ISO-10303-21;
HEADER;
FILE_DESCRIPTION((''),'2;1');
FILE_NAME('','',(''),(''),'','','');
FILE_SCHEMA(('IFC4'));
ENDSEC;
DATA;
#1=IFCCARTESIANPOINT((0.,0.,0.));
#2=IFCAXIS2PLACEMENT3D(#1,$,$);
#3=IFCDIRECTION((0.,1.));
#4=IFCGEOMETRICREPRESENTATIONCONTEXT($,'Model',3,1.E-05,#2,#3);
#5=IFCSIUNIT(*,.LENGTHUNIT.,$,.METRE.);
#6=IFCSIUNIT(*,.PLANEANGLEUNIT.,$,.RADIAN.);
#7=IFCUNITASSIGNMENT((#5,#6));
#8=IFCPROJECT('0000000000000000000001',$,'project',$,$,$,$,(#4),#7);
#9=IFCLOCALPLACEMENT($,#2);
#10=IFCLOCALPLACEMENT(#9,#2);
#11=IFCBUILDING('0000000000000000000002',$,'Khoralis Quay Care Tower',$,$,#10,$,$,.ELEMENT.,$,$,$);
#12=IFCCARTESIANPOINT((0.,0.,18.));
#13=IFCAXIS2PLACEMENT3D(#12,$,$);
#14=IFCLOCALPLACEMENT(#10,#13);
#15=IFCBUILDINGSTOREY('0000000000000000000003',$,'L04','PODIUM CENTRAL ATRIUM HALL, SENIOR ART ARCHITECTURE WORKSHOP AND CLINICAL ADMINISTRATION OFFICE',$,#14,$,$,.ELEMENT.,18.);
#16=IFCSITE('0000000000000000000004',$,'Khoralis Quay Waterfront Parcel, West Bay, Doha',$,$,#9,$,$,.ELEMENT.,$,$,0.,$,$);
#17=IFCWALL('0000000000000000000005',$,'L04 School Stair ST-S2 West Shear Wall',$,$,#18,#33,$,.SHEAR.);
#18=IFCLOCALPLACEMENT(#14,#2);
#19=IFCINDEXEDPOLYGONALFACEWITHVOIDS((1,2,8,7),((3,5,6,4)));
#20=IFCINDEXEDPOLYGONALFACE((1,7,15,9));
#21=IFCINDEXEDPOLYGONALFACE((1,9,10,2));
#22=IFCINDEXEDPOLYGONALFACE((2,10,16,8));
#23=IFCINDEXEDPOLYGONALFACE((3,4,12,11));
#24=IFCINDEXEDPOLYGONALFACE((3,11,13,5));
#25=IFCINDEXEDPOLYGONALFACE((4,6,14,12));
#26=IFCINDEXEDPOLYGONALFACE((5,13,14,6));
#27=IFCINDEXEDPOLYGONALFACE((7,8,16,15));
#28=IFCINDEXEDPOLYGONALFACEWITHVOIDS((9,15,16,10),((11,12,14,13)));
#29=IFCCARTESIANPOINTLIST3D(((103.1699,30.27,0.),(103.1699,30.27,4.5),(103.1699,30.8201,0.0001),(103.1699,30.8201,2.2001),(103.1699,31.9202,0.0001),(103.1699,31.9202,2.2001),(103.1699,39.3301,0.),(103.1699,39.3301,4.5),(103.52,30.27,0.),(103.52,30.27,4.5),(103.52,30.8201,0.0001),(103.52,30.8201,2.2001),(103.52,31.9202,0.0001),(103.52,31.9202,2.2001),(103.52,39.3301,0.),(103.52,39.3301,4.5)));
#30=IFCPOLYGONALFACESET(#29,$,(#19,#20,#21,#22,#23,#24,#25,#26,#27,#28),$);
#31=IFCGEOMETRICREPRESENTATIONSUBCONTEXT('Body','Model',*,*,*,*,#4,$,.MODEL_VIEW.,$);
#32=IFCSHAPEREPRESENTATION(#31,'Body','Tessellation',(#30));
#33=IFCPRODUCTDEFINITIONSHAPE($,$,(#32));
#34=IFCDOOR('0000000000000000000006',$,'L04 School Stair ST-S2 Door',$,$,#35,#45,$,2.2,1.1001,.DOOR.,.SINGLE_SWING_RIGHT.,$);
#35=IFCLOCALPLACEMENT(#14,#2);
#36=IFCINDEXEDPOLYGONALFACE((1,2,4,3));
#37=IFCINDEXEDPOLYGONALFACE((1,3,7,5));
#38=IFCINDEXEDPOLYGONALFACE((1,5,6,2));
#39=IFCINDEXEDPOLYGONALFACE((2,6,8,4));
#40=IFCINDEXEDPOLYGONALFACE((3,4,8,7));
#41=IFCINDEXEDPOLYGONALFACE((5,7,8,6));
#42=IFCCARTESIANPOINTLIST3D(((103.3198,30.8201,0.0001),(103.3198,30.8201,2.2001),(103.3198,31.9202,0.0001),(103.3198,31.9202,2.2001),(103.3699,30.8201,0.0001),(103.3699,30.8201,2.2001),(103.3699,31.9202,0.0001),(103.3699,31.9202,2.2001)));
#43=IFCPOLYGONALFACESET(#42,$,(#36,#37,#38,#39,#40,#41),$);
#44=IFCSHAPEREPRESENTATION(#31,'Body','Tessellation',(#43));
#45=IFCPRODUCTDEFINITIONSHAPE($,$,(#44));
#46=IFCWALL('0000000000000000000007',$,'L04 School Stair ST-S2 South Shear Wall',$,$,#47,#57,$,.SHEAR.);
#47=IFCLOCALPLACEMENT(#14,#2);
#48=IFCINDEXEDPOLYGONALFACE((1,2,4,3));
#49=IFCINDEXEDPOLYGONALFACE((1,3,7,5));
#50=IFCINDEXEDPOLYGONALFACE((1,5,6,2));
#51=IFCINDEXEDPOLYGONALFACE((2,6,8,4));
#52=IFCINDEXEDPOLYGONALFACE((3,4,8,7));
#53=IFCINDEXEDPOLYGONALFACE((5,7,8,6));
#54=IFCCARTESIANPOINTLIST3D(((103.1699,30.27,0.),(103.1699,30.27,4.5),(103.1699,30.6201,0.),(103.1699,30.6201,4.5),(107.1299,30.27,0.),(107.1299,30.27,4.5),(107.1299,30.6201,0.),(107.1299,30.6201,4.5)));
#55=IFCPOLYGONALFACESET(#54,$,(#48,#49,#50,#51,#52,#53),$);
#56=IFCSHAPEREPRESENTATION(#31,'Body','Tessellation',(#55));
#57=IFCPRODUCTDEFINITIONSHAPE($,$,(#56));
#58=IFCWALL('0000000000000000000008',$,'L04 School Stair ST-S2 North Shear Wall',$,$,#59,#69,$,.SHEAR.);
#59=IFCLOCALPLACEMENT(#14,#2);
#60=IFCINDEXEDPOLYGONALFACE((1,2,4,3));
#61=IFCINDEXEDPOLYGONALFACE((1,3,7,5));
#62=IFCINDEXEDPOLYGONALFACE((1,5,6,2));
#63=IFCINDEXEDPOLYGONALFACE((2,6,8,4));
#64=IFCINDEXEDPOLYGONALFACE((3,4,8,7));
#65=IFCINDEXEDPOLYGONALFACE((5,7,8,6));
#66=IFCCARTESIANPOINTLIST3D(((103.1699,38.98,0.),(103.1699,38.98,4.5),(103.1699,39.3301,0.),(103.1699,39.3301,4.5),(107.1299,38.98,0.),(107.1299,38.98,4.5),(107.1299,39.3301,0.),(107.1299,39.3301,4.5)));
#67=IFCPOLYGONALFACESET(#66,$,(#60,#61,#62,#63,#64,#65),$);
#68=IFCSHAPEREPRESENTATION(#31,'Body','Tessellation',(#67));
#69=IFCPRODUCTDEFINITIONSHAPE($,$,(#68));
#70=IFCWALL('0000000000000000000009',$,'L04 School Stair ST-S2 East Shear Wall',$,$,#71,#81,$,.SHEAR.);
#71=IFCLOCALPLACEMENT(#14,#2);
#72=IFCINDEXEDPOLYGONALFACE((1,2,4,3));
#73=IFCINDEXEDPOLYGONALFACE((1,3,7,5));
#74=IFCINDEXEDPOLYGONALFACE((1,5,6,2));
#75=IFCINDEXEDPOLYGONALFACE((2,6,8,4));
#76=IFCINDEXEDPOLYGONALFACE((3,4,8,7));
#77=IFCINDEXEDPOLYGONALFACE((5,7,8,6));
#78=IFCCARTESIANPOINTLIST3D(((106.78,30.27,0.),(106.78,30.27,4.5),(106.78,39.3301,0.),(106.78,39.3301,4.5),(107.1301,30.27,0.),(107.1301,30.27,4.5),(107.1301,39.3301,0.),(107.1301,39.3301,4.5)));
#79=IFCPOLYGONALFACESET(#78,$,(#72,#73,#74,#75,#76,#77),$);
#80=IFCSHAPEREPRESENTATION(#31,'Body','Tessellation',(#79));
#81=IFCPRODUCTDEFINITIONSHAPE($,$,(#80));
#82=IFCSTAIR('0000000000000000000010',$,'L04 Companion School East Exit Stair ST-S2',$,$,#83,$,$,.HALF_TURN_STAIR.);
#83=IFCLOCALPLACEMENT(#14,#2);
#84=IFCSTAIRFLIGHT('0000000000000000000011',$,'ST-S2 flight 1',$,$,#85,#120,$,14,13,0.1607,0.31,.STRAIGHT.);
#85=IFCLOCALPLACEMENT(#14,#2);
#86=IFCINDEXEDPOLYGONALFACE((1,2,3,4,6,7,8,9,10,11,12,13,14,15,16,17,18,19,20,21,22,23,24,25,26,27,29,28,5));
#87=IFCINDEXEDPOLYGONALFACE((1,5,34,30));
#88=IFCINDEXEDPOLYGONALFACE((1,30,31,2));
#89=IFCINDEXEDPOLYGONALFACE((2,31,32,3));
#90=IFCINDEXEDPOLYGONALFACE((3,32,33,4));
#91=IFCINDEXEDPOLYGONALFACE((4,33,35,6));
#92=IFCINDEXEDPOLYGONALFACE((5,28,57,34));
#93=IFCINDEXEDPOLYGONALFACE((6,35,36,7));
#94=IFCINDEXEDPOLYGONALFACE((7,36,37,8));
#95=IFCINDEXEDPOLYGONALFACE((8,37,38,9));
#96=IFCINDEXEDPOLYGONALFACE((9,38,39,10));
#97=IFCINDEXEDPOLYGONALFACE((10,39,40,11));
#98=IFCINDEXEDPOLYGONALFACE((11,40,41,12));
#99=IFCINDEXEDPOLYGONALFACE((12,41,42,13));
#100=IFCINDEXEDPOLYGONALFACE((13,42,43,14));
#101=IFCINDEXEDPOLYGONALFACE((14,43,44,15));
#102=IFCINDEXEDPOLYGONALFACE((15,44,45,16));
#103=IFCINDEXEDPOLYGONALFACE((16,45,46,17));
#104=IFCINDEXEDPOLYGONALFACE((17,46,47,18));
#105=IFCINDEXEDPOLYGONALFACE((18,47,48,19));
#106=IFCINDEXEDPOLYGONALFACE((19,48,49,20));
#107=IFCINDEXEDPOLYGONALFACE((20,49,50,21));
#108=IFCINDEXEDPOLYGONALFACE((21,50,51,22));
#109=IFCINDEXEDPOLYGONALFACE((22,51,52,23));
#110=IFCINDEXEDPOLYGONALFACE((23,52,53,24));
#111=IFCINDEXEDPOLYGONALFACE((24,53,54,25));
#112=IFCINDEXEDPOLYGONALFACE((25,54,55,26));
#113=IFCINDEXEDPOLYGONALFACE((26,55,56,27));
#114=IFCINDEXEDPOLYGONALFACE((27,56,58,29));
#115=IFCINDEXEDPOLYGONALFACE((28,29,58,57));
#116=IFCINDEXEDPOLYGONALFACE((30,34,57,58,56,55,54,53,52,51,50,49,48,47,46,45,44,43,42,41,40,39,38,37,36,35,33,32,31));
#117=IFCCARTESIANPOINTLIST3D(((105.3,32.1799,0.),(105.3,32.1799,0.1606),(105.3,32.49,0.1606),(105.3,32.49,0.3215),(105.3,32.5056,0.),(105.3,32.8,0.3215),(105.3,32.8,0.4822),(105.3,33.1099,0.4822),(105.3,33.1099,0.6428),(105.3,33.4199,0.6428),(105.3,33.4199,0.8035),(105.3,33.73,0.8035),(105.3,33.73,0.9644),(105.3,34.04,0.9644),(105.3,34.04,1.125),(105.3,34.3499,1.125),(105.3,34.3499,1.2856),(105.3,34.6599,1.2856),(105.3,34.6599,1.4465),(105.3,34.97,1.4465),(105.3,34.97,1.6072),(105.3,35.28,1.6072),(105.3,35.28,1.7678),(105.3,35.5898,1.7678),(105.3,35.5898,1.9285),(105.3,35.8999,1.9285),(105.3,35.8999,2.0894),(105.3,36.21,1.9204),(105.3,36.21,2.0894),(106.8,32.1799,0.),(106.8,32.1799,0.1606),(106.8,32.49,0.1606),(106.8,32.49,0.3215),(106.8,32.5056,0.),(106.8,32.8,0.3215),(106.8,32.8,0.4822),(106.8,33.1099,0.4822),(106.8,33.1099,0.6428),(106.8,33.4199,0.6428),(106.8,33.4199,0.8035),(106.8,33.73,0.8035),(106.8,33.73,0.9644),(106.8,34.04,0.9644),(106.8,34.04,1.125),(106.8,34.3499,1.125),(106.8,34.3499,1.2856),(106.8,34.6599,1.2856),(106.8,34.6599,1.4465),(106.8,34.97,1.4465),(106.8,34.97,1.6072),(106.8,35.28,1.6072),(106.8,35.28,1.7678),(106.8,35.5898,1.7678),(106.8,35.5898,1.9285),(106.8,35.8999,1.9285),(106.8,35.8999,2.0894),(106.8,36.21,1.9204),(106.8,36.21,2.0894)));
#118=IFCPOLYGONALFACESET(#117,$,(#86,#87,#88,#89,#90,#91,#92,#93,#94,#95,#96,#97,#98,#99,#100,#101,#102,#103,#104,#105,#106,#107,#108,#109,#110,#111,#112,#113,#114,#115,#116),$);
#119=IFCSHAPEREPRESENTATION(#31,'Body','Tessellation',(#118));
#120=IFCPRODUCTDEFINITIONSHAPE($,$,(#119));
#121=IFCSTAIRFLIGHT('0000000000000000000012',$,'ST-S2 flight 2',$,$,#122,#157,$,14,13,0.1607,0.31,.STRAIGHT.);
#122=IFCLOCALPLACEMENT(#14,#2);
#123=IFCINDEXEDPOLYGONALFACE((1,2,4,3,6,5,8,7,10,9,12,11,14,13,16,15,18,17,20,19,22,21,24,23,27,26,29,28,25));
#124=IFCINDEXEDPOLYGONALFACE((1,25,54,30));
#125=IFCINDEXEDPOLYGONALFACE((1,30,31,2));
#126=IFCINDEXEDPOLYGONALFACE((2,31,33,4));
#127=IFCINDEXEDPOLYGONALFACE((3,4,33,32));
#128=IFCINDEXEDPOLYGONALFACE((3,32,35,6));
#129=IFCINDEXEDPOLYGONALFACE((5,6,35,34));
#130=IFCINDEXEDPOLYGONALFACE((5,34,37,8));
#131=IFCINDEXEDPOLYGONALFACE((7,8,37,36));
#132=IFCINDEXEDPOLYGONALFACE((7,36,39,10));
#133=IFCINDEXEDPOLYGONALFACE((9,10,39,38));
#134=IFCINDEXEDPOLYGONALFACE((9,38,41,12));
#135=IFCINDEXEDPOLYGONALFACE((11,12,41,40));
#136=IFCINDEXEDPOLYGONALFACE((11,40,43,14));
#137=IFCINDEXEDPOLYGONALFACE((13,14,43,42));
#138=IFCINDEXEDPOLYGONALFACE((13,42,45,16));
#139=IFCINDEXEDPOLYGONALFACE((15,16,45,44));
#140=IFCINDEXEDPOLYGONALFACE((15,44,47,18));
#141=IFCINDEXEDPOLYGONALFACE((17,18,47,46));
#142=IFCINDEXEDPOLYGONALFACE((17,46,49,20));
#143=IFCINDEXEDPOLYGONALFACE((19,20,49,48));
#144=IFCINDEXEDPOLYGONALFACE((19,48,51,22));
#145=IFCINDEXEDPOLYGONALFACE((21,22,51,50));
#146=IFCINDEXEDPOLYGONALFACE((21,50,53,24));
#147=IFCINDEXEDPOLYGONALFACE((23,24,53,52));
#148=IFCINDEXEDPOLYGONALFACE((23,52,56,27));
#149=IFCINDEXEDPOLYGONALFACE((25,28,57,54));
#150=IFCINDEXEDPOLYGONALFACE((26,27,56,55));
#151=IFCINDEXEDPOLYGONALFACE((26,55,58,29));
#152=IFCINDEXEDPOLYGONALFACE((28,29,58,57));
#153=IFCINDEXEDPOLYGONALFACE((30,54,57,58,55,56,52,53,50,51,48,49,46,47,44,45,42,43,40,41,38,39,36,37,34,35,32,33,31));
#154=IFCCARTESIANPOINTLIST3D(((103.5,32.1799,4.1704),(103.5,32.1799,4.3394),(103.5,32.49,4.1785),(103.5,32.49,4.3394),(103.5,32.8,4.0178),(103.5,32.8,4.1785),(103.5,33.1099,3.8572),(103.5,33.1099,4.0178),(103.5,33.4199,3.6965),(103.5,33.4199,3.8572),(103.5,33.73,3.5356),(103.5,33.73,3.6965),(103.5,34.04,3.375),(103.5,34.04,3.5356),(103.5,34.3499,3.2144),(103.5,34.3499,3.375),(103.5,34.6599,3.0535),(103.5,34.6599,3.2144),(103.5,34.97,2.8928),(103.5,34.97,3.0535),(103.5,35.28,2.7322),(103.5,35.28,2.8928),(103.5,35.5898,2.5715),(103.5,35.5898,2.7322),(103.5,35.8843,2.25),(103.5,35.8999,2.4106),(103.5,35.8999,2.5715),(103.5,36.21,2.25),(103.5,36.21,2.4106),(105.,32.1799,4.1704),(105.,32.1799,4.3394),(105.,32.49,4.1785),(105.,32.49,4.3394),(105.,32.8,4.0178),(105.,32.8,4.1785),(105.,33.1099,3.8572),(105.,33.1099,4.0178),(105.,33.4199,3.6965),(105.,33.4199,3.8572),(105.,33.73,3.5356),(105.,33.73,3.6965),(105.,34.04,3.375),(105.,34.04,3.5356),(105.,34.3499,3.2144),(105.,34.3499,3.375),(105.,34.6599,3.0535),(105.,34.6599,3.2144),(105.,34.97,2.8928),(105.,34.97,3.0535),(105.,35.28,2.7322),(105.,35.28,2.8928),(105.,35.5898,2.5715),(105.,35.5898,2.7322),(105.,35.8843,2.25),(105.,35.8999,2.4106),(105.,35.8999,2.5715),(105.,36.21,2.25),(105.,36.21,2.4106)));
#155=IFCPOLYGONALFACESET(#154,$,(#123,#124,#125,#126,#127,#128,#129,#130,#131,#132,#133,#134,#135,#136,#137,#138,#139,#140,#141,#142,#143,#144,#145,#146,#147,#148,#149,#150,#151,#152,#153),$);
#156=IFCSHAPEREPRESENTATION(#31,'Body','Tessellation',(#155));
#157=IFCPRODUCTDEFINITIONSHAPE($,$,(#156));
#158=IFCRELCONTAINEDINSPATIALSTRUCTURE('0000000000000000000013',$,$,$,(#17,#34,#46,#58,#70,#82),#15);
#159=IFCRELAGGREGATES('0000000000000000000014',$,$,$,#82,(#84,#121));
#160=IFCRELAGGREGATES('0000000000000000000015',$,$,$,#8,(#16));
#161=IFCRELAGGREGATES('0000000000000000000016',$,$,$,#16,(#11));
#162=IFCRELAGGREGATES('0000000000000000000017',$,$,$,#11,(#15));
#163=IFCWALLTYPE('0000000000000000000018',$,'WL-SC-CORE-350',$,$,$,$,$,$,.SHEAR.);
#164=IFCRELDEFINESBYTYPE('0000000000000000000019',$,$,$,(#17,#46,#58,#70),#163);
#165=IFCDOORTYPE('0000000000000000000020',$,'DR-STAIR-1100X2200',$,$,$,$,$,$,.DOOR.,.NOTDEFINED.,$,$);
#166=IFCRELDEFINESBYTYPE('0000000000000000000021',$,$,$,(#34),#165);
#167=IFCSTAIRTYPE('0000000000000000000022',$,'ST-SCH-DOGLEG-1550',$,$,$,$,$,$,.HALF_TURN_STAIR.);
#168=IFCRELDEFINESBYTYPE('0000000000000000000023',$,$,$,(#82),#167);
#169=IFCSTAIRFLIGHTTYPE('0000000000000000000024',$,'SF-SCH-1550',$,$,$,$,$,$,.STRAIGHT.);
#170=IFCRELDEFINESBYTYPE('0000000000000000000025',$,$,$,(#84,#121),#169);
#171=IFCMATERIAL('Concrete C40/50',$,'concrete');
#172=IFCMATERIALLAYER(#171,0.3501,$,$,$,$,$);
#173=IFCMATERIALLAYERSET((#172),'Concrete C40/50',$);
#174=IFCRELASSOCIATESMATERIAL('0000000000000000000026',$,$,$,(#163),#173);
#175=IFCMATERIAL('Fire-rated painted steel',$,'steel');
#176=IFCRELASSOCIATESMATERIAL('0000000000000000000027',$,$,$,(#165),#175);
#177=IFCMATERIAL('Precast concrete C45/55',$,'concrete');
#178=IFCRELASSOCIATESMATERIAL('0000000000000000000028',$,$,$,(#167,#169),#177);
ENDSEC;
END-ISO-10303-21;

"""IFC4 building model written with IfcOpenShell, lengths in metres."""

from ifc_helpers import new_model, si_unit, direction, frame, frame_2d, origin, place, context, subcontext, project, spatial, polyline, rectangle, outline, extrude, source, transform, mapped, material, layer, layer_set, type_object, element, fill, aggregate, save


model = new_model("IFC4")

# Units and contexts
model_context = context("Model", 3, precision=1e-05, world=origin(), true_north=direction((0.0, 1.0)))
body_context = subcontext(model_context, "Body", "Model", "MODEL_VIEW")
ifc_project = project(units=[si_unit("LENGTHUNIT", "METRE"), si_unit("PLANEANGLEUNIT", "RADIAN")], contexts=[model_context])

# Site, building, storey
site_placement = place(None, origin())
site = spatial("IfcSite", under=ifc_project, at=site_placement, Name="Khoralis Quay Waterfront Parcel, West Bay, Doha", CompositionType="ELEMENT", RefElevation=0.0)
building_placement = place(site_placement, origin())
building = spatial("IfcBuilding", under=site, at=building_placement, Name="Khoralis Quay Care Tower", CompositionType="ELEMENT")
storey_placement = place(building_placement, frame((0.0, 0.0, 18.0)))
storey = spatial("IfcBuildingStorey", under=building, at=storey_placement, Name="L04", Description="PODIUM CENTRAL ATRIUM HALL, SENIOR ART ARCHITECTURE WORKSHOP AND CLINICAL ADMINISTRATION OFFICE", CompositionType="ELEMENT", Elevation=18.0)

# Shared definitions
ifc_material_1 = material(Name="Concrete C40/50", Category="concrete")

# Wall, opening, door
ifc_layer_1 = layer(ifc_material_1, 0.3501)
ifc_layer_set_1 = layer_set([ifc_layer_1], Name="Concrete C40/50")
wall_type_1 = type_object("IfcWallType", Name="WL-SC-CORE-350", PredefinedType="SHEAR", material=ifc_layer_set_1)
wall_1_placement = place(storey_placement, frame((103.345, 30.27, 0.0), z_axis=(0.0, 0.0, 1.0), x_axis=(0.0, 1.0, 0.0)))
wall_1 = element("IfcWall", 1, at=wall_1_placement, inside=storey, type_object=wall_type_1, Name="L04 School Stair ST-S2 West Shear Wall", PredefinedType="SHEAR", context=body_context, shape_type="SweptSolid", body=[
    extrude(rectangle(XDim=9.0601, YDim=0.3501, at=frame_2d((4.53, 0.0))), origin(), (0.0, 0.0, 1.0), 4.5),
])
opening_1_placement = place(wall_1_placement, frame((0.55, 0.0, 0.0)))
opening_1 = element("IfcOpeningElement", 2, at=opening_1_placement, cuts=wall_1, PredefinedType="OPENING", context=body_context, shape_type="SweptSolid", body=[
    extrude(rectangle(XDim=1.1001, YDim=2.2, at=frame_2d((0.55, 1.1001))), frame((0.0, 0.1851, 0.0), z_axis=(0.0, -1.0, 0.0), x_axis=(1.0, 0.0, 0.0)), (0.0, 0.0, 1.0), 0.3701),
])
ifc_material_2 = material(Name="Fire-rated painted steel", Category="steel")
door_type = type_object("IfcDoorType", Name="DR-STAIR-1100X2200", OperationType="NOTDEFINED", PredefinedType="DOOR", material=ifc_material_2)
shared_shape_1 = source(origin(), body_context, "Body", "SweptSolid", [
    extrude(rectangle(XDim=1.1001, YDim=2.2, at=frame_2d((0.55, 1.1001))), frame((0.0, 0.0249, 0.0), z_axis=(0.0, -1.0, 0.0), x_axis=(1.0, 0.0, 0.0)), (0.0, 0.0, 1.0), 0.05),
])
door_placement = place(opening_1_placement, frame((1.1001, 0.0, 0.0), z_axis=(0.0, 0.0, 1.0), x_axis=(-1.0, 0.0, 0.0)))
door = element("IfcDoor", 3, at=door_placement, inside=storey, type_object=door_type, Name="L04 School Stair ST-S2 Door", OperationType="SINGLE_SWING_RIGHT", OverallHeight=2.2, OverallWidth=1.1001, PredefinedType="DOOR", context=body_context, shape_type="MappedRepresentation", body=[
    mapped(shared_shape_1, transform((0.0, 0.0, 0.0), scale=1.0)),
])
fill(opening_1, door)

# Walls
for number, where, z_axis, x_axis, name in (
    (4, (103.1699, 30.4451, 0.0), (0.0, 0.0, 1.0), (1.0, 0.0, 0.0), "L04 School Stair ST-S2 South Shear Wall"),
    (5, (103.1699, 39.155, 0.0), (0.0, 0.0, 1.0), (1.0, 0.0, 0.0), "L04 School Stair ST-S2 North Shear Wall"),
):
    element("IfcWall", number, at=place(storey_placement, frame(where, z_axis=z_axis, x_axis=x_axis)), inside=storey, type_object=wall_type_1, Name=name, PredefinedType="SHEAR", context=body_context, shape_type="SweptSolid", body=[
        extrude(rectangle(XDim=3.96, YDim=0.3501, at=frame_2d((1.98, 0.0))), origin(), (0.0, 0.0, 1.0), 4.5),
    ])
wall_2_placement = place(storey_placement, frame((106.9551, 30.27, 0.0), z_axis=(0.0, 0.0, 1.0), x_axis=(0.0, 1.0, 0.0)))
element("IfcWall", 6, at=wall_2_placement, inside=storey, type_object=wall_type_1, Name="L04 School Stair ST-S2 East Shear Wall", PredefinedType="SHEAR", context=body_context, shape_type="SweptSolid", body=[
    extrude(rectangle(XDim=9.0601, YDim=0.3501, at=frame_2d((4.53, 0.0))), origin(), (0.0, 0.0, 1.0), 4.5),
])

# Stair, stair flights
ifc_material_3 = material(Name="Precast concrete C45/55", Category="concrete")
stair_type = type_object("IfcStairType", Name="ST-SCH-DOGLEG-1550", PredefinedType="HALF_TURN_STAIR", material=ifc_material_3)
stair_placement = place(storey_placement, origin())
stair = element("IfcStair", 7, at=stair_placement, inside=storey, type_object=stair_type, Name="L04 Companion School East Exit Stair ST-S2", PredefinedType="HALF_TURN_STAIR")
stair_flight_type = type_object("IfcStairFlightType", Name="SF-SCH-1550", PredefinedType="STRAIGHT", material=ifc_material_3)
shared_shape_2 = source(origin(), body_context, "Body", "SweptSolid", [
    extrude(outline(polyline([(0.0, 0.0), (0.0, 0.1606), (0.3101, 0.1606), (0.3101, 0.3215), (0.6201, 0.3215), (0.6201, 0.4822), (0.9299, 0.4822), (0.9299, 0.6428), (1.24, 0.6428), (1.24, 0.8035), (1.55, 0.8035), (1.55, 0.9644), (1.8601, 0.9644), (1.8601, 1.125), (2.1699, 1.125), (2.1699, 1.2856), (2.48, 1.2856), (2.48, 1.4465), (2.79, 1.4465), (2.79, 1.6072), (3.1001, 1.6072), (3.1001, 1.7678), (3.4099, 1.7678), (3.4099, 1.9285), (3.72, 1.9285), (3.72, 2.0894), (4.03, 2.0894), (4.03, 2.25), (4.03, 1.9204), (0.3257, 0.0), (0.0, 0.0)])), frame((0.0, 0.75, 0.0), z_axis=(0.0, -1.0, 0.0), x_axis=(1.0, 0.0, 0.0)), (0.0, 0.0, 1.0), 1.5),
])
stair_flight_1_placement = place(storey_placement, frame((106.05, 32.1799, 0.0), z_axis=(0.0, 0.0, 1.0), x_axis=(0.0, 1.0, 0.0)))
stair_flight_1 = element("IfcStairFlight", 8, at=stair_flight_1_placement, type_object=stair_flight_type, Name="ST-S2 flight 1", NumberOfRisers=14, NumberOfTreads=13, PredefinedType="STRAIGHT", RiserHeight=0.1607, TreadLength=0.31, context=body_context, shape_type="MappedRepresentation", body=[
    mapped(shared_shape_2, transform((0.0, 0.0, 0.0), scale=1.0)),
])
stair_flight_2_placement = place(storey_placement, frame((104.25, 36.21, 2.25), z_axis=(0.0, 0.0, 1.0), x_axis=(0.0, -1.0, 0.0)))
stair_flight_2 = element("IfcStairFlight", 9, at=stair_flight_2_placement, type_object=stair_flight_type, Name="ST-S2 flight 2", NumberOfRisers=14, NumberOfTreads=13, PredefinedType="STRAIGHT", RiserHeight=0.1607, TreadLength=0.31, context=body_context, shape_type="MappedRepresentation", body=[
    mapped(shared_shape_2, transform((0.0, 0.0, 0.0), scale=1.0)),
])
aggregate(stair, [stair_flight_1, stair_flight_2])

save(model, "model.ifc")
